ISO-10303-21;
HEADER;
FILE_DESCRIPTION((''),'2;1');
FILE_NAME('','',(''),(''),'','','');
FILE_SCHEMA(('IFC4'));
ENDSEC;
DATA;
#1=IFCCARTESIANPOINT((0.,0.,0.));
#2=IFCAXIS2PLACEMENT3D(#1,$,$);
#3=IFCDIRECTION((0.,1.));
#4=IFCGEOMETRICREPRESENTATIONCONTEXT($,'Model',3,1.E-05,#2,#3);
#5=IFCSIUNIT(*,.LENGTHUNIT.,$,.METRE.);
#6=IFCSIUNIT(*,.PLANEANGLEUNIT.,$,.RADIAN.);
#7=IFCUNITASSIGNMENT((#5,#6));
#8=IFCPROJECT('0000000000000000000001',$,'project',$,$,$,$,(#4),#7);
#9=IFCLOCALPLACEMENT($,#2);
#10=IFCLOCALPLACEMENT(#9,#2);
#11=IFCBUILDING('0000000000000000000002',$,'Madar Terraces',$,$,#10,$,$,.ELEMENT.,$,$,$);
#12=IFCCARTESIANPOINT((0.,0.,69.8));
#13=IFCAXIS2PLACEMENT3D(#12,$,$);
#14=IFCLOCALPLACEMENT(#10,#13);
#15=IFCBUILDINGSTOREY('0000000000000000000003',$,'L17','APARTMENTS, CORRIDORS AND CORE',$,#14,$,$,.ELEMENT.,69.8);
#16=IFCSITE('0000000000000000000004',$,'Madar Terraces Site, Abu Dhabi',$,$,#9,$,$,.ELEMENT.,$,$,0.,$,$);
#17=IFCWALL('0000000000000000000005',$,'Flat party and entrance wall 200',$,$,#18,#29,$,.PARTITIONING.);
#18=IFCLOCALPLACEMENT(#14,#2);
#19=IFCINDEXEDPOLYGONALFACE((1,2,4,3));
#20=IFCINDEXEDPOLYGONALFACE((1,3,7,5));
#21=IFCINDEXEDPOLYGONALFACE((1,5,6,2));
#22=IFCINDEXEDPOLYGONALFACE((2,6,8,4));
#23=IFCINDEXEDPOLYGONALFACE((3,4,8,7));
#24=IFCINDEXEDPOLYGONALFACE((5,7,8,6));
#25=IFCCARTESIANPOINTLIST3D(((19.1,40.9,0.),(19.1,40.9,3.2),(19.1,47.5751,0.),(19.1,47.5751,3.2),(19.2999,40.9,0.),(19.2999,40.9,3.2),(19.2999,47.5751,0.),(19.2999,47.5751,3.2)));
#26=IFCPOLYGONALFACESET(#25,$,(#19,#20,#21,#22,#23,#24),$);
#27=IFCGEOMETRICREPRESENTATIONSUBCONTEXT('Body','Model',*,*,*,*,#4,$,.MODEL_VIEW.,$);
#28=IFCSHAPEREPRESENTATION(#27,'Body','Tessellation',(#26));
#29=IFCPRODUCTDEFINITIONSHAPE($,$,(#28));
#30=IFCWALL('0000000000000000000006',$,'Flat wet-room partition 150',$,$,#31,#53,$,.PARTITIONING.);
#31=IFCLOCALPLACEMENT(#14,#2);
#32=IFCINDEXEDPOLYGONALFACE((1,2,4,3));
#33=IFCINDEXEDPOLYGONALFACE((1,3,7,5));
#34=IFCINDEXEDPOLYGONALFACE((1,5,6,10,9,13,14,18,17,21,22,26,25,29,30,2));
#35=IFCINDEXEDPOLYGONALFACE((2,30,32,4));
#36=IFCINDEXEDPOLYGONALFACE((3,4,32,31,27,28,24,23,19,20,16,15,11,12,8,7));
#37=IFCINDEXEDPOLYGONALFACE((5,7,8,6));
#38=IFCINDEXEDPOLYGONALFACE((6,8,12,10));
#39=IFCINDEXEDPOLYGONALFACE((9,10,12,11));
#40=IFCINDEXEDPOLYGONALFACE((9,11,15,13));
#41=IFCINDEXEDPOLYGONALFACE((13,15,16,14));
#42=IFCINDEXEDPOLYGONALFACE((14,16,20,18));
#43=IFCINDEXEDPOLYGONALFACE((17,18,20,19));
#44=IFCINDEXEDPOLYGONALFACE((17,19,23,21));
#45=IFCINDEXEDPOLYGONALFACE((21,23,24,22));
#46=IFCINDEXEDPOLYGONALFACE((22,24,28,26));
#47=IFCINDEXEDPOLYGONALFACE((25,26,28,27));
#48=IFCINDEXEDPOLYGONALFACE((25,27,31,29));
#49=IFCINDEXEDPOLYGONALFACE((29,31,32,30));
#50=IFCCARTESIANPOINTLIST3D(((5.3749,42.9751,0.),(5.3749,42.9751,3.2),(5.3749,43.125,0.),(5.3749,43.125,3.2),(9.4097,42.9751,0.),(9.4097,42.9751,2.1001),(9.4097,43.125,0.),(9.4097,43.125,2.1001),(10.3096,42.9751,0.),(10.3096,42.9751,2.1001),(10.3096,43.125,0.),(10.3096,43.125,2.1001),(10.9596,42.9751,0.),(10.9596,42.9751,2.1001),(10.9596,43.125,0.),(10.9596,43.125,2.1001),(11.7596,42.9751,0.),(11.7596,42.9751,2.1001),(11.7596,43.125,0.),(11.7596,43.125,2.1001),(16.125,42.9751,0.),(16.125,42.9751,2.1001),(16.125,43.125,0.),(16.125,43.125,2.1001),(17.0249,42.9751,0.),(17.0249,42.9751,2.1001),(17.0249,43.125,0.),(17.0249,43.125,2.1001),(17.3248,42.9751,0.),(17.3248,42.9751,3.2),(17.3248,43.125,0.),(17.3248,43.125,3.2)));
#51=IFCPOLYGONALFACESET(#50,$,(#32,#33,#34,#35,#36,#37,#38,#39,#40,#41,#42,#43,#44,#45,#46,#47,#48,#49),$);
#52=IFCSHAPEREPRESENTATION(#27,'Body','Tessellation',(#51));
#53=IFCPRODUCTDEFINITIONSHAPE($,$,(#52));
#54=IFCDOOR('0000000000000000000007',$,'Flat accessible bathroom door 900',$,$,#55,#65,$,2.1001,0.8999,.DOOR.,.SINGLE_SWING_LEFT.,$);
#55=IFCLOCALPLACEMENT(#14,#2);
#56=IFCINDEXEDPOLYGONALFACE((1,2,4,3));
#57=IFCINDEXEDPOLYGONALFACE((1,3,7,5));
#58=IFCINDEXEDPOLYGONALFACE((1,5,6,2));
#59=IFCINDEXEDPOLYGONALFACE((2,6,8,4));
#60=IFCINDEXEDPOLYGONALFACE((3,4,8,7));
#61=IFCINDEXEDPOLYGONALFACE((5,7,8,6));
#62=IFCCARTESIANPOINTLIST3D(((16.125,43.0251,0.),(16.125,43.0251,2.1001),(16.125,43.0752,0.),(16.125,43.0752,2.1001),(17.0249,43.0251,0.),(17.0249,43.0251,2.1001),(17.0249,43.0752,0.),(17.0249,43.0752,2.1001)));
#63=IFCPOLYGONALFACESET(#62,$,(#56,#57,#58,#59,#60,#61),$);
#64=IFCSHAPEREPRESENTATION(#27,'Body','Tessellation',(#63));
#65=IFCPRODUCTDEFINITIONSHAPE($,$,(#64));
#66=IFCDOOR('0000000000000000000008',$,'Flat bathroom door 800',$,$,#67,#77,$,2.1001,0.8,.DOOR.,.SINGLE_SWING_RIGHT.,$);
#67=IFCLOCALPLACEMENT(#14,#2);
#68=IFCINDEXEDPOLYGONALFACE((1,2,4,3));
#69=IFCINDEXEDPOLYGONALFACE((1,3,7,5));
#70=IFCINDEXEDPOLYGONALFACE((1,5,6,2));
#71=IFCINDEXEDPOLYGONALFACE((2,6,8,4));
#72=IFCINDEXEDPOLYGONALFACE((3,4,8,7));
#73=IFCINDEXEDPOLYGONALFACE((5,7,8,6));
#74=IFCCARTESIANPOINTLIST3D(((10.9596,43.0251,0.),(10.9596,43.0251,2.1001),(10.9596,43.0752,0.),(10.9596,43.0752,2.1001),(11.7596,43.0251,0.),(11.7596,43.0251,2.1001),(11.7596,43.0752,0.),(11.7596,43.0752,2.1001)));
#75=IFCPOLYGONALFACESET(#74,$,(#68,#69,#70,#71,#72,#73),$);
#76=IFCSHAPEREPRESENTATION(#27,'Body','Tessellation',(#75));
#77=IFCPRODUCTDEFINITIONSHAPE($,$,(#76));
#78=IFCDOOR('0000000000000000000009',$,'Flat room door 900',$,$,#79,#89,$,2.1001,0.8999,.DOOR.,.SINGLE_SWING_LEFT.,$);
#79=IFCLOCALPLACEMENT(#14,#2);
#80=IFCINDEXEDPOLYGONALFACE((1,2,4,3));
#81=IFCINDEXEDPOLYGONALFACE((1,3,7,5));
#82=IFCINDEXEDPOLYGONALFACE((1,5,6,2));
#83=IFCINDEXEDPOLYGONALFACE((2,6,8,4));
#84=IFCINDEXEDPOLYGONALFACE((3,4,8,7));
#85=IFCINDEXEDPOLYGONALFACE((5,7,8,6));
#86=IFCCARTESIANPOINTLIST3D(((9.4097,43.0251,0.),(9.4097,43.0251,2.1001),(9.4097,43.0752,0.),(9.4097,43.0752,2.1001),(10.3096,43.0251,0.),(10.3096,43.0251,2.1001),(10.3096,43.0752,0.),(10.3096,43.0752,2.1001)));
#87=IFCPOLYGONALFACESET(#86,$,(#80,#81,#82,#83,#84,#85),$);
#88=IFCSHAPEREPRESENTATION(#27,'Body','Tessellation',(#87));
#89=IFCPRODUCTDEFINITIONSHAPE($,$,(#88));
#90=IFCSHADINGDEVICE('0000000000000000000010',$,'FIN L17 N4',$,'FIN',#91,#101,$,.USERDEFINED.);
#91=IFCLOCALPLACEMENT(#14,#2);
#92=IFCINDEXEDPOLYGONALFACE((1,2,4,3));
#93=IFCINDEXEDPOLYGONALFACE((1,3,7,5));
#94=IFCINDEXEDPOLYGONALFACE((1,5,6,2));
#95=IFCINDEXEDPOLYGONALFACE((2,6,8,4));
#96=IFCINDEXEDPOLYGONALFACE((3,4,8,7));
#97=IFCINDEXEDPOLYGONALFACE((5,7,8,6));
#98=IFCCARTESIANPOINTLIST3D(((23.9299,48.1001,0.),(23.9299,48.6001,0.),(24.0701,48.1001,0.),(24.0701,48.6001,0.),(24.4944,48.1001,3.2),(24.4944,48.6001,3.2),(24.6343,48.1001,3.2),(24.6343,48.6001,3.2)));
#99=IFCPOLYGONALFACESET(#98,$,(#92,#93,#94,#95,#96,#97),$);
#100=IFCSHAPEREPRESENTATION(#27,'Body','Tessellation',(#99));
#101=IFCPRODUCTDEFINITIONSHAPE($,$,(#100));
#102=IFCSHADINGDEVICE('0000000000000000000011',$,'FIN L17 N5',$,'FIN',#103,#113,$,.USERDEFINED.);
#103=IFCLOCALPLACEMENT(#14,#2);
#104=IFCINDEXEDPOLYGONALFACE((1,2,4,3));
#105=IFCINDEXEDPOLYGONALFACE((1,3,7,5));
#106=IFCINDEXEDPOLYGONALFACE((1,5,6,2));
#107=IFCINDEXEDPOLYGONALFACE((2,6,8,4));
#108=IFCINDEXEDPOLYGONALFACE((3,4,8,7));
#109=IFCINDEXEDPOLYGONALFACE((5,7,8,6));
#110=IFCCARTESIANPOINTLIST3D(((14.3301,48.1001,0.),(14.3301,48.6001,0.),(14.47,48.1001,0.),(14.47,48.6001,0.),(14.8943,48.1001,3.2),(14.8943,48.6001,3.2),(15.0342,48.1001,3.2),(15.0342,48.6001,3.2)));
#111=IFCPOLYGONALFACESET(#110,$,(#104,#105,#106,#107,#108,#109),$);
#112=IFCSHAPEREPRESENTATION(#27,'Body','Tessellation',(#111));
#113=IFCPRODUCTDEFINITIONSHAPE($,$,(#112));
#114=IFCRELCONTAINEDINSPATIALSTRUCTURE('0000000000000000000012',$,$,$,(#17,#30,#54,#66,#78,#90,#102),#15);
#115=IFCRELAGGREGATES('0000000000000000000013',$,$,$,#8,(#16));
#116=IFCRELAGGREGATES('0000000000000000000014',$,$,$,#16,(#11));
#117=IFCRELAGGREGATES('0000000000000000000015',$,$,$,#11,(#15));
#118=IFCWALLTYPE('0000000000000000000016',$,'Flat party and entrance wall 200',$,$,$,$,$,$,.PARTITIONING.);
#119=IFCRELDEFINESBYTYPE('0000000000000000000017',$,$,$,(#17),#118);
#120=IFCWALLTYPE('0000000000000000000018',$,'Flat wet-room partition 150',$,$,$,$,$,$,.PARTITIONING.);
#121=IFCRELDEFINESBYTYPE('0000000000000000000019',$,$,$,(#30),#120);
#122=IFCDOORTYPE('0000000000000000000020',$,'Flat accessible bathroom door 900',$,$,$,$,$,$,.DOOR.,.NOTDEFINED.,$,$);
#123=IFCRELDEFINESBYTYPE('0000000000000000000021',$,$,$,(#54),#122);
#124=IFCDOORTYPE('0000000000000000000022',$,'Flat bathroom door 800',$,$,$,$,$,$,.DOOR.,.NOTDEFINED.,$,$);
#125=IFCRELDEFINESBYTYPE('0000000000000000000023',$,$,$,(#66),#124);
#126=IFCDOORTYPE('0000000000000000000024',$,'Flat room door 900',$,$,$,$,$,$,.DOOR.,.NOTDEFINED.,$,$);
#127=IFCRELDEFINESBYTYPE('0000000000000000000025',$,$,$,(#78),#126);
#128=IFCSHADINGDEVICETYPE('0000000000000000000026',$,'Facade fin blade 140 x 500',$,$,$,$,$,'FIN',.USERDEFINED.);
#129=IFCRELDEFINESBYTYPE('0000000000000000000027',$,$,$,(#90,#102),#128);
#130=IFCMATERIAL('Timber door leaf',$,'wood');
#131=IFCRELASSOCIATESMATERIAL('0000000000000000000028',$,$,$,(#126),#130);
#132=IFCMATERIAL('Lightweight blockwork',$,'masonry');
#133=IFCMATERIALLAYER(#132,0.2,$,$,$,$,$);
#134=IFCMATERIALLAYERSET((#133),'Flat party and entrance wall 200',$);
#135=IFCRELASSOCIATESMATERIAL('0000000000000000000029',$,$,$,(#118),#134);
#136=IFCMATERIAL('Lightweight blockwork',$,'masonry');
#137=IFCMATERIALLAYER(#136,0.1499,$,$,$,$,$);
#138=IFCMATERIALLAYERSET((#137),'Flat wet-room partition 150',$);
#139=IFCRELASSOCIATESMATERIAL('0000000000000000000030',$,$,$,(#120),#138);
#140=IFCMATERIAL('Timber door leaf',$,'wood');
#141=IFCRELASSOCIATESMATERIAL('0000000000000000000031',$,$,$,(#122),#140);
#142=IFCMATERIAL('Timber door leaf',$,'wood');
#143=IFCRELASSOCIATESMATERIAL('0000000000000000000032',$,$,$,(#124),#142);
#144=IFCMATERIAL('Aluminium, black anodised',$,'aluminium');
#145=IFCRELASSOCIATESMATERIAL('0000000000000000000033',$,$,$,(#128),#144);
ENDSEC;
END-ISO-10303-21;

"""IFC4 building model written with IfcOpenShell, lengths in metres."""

from ifc_helpers import new_model, si_unit, direction, frame, frame_2d, origin, place, context, subcontext, project, spatial, polyline, rectangle, outline, extrude, material, layer, layer_set, type_object, element, fill, save


model = new_model("IFC4")

# Units and contexts
model_context = context("Model", 3, precision=1e-05, world=origin(), true_north=direction((0.0, 1.0)))
body_context = subcontext(model_context, "Body", "Model", "MODEL_VIEW")
ifc_project = project(units=[si_unit("LENGTHUNIT", "METRE"), si_unit("PLANEANGLEUNIT", "RADIAN")], contexts=[model_context])

# Site, building, storey
site_placement = place(None, origin())
site = spatial("IfcSite", under=ifc_project, at=site_placement, Name="Madar Terraces Site, Abu Dhabi", CompositionType="ELEMENT", RefElevation=0.0)
building_placement = place(site_placement, origin())
building = spatial("IfcBuilding", under=site, at=building_placement, Name="Madar Terraces", CompositionType="ELEMENT")
storey_placement = place(building_placement, frame((0.0, 0.0, 69.8)))
storey = spatial("IfcBuildingStorey", under=building, at=storey_placement, Name="L17", Description="APARTMENTS, CORRIDORS AND CORE", CompositionType="ELEMENT", Elevation=69.8)

# Shared definitions
ifc_material_1 = material(Name="Timber door leaf", Category="wood")
door_type_1 = type_object("IfcDoorType", Name="Flat room door 900", OperationType="NOTDEFINED", PredefinedType="DOOR", material=ifc_material_1)

# Wall
ifc_material_2 = material(Name="Lightweight blockwork", Category="masonry")
ifc_layer_1 = layer(ifc_material_2, 0.2)
ifc_layer_set_1 = layer_set([ifc_layer_1], Name="Flat party and entrance wall 200")
wall_type_1 = type_object("IfcWallType", Name="Flat party and entrance wall 200", PredefinedType="PARTITIONING", material=ifc_layer_set_1)
wall_1_placement = place(storey_placement, frame((19.2, 47.575, 0.0), z_axis=(0.0, 0.0, 1.0), x_axis=(0.0, -1.0, 0.0)))
element("IfcWall", 1, at=wall_1_placement, inside=storey, type_object=wall_type_1, Name="Flat party and entrance wall 200", PredefinedType="PARTITIONING", context=body_context, shape_type="SweptSolid", body=[
    extrude(rectangle(XDim=6.675, YDim=0.2, at=frame_2d((3.3374, 0.0))), origin(), (0.0, 0.0, 1.0), 3.2),
])

# Wall, openings, doors
ifc_material_3 = material(Name="Lightweight blockwork", Category="masonry")
ifc_layer_2 = layer(ifc_material_3, 0.1499)
ifc_layer_set_2 = layer_set([ifc_layer_2], Name="Flat wet-room partition 150")
wall_type_2 = type_object("IfcWallType", Name="Flat wet-room partition 150", PredefinedType="PARTITIONING", material=ifc_layer_set_2)
wall_2_placement = place(storey_placement, frame((17.325, 43.05, 0.0), z_axis=(0.0, 0.0, 1.0), x_axis=(-1.0, 0.0, 0.0)))
wall_2 = element("IfcWall", 2, at=wall_2_placement, inside=storey, type_object=wall_type_2, Name="Flat wet-room partition 150", PredefinedType="PARTITIONING", context=body_context, shape_type="SweptSolid", body=[
    extrude(rectangle(XDim=11.95, YDim=0.1499, at=frame_2d((5.9751, 0.0))), origin(), (0.0, 0.0, 1.0), 3.2),
])
opening_1_placement = place(wall_2_placement, frame((0.3, 0.0, 0.0)))
opening_1 = element("IfcOpeningElement", 3, at=opening_1_placement, cuts=wall_2, PredefinedType="OPENING", context=body_context, shape_type="SweptSolid", body=[
    extrude(rectangle(XDim=0.8999, YDim=2.1001, at=frame_2d((0.45, 1.05))), frame((0.0, 0.085, 0.0), z_axis=(0.0, -1.0, 0.0), x_axis=(1.0, 0.0, 0.0)), (0.0, 0.0, 1.0), 0.1699),
])
opening_2_placement = place(wall_2_placement, frame((5.5654, 0.0, 0.0)))
opening_2 = element("IfcOpeningElement", 4, at=opening_2_placement, cuts=wall_2, PredefinedType="OPENING", context=body_context, shape_type="SweptSolid", body=[
    extrude(rectangle(XDim=0.8, YDim=2.1001, at=frame_2d((0.3999, 1.05))), frame((0.0, 0.085, 0.0), z_axis=(0.0, -1.0, 0.0), x_axis=(1.0, 0.0, 0.0)), (0.0, 0.0, 1.0), 0.1699),
])
opening_3_placement = place(wall_2_placement, frame((7.0154, 0.0, 0.0)))
opening_3 = element("IfcOpeningElement", 5, at=opening_3_placement, cuts=wall_2, PredefinedType="OPENING", context=body_context, shape_type="SweptSolid", body=[
    extrude(rectangle(XDim=0.8999, YDim=2.1001, at=frame_2d((0.45, 1.05))), frame((0.0, 0.085, 0.0), z_axis=(0.0, -1.0, 0.0), x_axis=(1.0, 0.0, 0.0)), (0.0, 0.0, 1.0), 0.1699),
])
ifc_material_4 = material(Name="Timber door leaf", Category="wood")
door_type_2 = type_object("IfcDoorType", Name="Flat accessible bathroom door 900", OperationType="NOTDEFINED", PredefinedType="DOOR", material=ifc_material_4)
door_1_placement = place(opening_1_placement, origin())
door_1 = element("IfcDoor", 6, at=door_1_placement, inside=storey, type_object=door_type_2, Name="Flat accessible bathroom door 900", OperationType="SINGLE_SWING_LEFT", OverallHeight=2.1001, OverallWidth=0.8999, PredefinedType="DOOR", context=body_context, shape_type="SweptSolid", body=[
    extrude(rectangle(XDim=0.8999, YDim=2.1001, at=frame_2d((0.45, 1.05))), frame((0.0, 0.0249, 0.0), z_axis=(0.0, -1.0, 0.0), x_axis=(1.0, 0.0, 0.0)), (0.0, 0.0, 1.0), 0.05),
])
fill(opening_1, door_1)
ifc_material_5 = material(Name="Timber door leaf", Category="wood")
door_type_3 = type_object("IfcDoorType", Name="Flat bathroom door 800", OperationType="NOTDEFINED", PredefinedType="DOOR", material=ifc_material_5)
door_2_placement = place(opening_2_placement, origin())
door_2 = element("IfcDoor", 7, at=door_2_placement, inside=storey, type_object=door_type_3, Name="Flat bathroom door 800", OperationType="SINGLE_SWING_RIGHT", OverallHeight=2.1001, OverallWidth=0.8, PredefinedType="DOOR", context=body_context, shape_type="SweptSolid", body=[
    extrude(rectangle(XDim=0.8, YDim=2.1001, at=frame_2d((0.3999, 1.05))), frame((0.0, 0.0249, 0.0), z_axis=(0.0, -1.0, 0.0), x_axis=(1.0, 0.0, 0.0)), (0.0, 0.0, 1.0), 0.05),
])
fill(opening_2, door_2)
door_3_placement = place(opening_3_placement, origin())
door_3 = element("IfcDoor", 8, at=door_3_placement, inside=storey, type_object=door_type_1, Name="Flat room door 900", OperationType="SINGLE_SWING_LEFT", OverallHeight=2.1001, OverallWidth=0.8999, PredefinedType="DOOR", context=body_context, shape_type="SweptSolid", body=[
    extrude(rectangle(XDim=0.8999, YDim=2.1001, at=frame_2d((0.45, 1.05))), frame((0.0, 0.0249, 0.0), z_axis=(0.0, -1.0, 0.0), x_axis=(1.0, 0.0, 0.0)), (0.0, 0.0, 1.0), 0.05),
])
fill(opening_3, door_3)

# Shading devices
ifc_material_6 = material(Name="Aluminium, black anodised", Category="aluminium")
shading_device_type = type_object("IfcShadingDeviceType", Name="Facade fin blade 140 x 500", ElementType="FIN", PredefinedType="USERDEFINED", material=ifc_material_6)
shading_device_1_placement = place(storey_placement, frame((24.0701, 48.3501, 0.0), z_axis=(0.0, 0.0, 1.0), x_axis=(-1.0, 0.0, 0.0)))
element("IfcShadingDevice", 9, at=shading_device_1_placement, inside=storey, type_object=shading_device_type, Name="FIN L17 N4", ObjectType="FIN", PredefinedType="USERDEFINED", context=body_context, shape_type="SweptSolid", body=[
    extrude(outline(polyline([(0.0, 0.0), (0.1401, 0.0), (-0.4243, 3.2), (-0.5642, 3.2), (0.0, 0.0)])), frame((0.0, 0.25, 0.0), z_axis=(0.0, -1.0, 0.0), x_axis=(1.0, 0.0, 0.0)), (0.0, 0.0, 1.0), 0.5),
])
shading_device_2_placement = place(storey_placement, frame((14.47, 48.3501, 0.0), z_axis=(0.0, 0.0, 1.0), x_axis=(-1.0, 0.0, 0.0)))
element("IfcShadingDevice", 10, at=shading_device_2_placement, inside=storey, type_object=shading_device_type, Name="FIN L17 N5", ObjectType="FIN", PredefinedType="USERDEFINED", context=body_context, shape_type="SweptSolid", body=[
    extrude(outline(polyline([(0.0, 0.0), (0.1399, 0.0), (-0.4243, 3.2), (-0.5642, 3.2), (0.0, 0.0)])), frame((0.0, 0.25, 0.0), z_axis=(0.0, -1.0, 0.0), x_axis=(1.0, 0.0, 0.0)), (0.0, 0.0, 1.0), 0.5),
])

save(model, "model.ifc")
